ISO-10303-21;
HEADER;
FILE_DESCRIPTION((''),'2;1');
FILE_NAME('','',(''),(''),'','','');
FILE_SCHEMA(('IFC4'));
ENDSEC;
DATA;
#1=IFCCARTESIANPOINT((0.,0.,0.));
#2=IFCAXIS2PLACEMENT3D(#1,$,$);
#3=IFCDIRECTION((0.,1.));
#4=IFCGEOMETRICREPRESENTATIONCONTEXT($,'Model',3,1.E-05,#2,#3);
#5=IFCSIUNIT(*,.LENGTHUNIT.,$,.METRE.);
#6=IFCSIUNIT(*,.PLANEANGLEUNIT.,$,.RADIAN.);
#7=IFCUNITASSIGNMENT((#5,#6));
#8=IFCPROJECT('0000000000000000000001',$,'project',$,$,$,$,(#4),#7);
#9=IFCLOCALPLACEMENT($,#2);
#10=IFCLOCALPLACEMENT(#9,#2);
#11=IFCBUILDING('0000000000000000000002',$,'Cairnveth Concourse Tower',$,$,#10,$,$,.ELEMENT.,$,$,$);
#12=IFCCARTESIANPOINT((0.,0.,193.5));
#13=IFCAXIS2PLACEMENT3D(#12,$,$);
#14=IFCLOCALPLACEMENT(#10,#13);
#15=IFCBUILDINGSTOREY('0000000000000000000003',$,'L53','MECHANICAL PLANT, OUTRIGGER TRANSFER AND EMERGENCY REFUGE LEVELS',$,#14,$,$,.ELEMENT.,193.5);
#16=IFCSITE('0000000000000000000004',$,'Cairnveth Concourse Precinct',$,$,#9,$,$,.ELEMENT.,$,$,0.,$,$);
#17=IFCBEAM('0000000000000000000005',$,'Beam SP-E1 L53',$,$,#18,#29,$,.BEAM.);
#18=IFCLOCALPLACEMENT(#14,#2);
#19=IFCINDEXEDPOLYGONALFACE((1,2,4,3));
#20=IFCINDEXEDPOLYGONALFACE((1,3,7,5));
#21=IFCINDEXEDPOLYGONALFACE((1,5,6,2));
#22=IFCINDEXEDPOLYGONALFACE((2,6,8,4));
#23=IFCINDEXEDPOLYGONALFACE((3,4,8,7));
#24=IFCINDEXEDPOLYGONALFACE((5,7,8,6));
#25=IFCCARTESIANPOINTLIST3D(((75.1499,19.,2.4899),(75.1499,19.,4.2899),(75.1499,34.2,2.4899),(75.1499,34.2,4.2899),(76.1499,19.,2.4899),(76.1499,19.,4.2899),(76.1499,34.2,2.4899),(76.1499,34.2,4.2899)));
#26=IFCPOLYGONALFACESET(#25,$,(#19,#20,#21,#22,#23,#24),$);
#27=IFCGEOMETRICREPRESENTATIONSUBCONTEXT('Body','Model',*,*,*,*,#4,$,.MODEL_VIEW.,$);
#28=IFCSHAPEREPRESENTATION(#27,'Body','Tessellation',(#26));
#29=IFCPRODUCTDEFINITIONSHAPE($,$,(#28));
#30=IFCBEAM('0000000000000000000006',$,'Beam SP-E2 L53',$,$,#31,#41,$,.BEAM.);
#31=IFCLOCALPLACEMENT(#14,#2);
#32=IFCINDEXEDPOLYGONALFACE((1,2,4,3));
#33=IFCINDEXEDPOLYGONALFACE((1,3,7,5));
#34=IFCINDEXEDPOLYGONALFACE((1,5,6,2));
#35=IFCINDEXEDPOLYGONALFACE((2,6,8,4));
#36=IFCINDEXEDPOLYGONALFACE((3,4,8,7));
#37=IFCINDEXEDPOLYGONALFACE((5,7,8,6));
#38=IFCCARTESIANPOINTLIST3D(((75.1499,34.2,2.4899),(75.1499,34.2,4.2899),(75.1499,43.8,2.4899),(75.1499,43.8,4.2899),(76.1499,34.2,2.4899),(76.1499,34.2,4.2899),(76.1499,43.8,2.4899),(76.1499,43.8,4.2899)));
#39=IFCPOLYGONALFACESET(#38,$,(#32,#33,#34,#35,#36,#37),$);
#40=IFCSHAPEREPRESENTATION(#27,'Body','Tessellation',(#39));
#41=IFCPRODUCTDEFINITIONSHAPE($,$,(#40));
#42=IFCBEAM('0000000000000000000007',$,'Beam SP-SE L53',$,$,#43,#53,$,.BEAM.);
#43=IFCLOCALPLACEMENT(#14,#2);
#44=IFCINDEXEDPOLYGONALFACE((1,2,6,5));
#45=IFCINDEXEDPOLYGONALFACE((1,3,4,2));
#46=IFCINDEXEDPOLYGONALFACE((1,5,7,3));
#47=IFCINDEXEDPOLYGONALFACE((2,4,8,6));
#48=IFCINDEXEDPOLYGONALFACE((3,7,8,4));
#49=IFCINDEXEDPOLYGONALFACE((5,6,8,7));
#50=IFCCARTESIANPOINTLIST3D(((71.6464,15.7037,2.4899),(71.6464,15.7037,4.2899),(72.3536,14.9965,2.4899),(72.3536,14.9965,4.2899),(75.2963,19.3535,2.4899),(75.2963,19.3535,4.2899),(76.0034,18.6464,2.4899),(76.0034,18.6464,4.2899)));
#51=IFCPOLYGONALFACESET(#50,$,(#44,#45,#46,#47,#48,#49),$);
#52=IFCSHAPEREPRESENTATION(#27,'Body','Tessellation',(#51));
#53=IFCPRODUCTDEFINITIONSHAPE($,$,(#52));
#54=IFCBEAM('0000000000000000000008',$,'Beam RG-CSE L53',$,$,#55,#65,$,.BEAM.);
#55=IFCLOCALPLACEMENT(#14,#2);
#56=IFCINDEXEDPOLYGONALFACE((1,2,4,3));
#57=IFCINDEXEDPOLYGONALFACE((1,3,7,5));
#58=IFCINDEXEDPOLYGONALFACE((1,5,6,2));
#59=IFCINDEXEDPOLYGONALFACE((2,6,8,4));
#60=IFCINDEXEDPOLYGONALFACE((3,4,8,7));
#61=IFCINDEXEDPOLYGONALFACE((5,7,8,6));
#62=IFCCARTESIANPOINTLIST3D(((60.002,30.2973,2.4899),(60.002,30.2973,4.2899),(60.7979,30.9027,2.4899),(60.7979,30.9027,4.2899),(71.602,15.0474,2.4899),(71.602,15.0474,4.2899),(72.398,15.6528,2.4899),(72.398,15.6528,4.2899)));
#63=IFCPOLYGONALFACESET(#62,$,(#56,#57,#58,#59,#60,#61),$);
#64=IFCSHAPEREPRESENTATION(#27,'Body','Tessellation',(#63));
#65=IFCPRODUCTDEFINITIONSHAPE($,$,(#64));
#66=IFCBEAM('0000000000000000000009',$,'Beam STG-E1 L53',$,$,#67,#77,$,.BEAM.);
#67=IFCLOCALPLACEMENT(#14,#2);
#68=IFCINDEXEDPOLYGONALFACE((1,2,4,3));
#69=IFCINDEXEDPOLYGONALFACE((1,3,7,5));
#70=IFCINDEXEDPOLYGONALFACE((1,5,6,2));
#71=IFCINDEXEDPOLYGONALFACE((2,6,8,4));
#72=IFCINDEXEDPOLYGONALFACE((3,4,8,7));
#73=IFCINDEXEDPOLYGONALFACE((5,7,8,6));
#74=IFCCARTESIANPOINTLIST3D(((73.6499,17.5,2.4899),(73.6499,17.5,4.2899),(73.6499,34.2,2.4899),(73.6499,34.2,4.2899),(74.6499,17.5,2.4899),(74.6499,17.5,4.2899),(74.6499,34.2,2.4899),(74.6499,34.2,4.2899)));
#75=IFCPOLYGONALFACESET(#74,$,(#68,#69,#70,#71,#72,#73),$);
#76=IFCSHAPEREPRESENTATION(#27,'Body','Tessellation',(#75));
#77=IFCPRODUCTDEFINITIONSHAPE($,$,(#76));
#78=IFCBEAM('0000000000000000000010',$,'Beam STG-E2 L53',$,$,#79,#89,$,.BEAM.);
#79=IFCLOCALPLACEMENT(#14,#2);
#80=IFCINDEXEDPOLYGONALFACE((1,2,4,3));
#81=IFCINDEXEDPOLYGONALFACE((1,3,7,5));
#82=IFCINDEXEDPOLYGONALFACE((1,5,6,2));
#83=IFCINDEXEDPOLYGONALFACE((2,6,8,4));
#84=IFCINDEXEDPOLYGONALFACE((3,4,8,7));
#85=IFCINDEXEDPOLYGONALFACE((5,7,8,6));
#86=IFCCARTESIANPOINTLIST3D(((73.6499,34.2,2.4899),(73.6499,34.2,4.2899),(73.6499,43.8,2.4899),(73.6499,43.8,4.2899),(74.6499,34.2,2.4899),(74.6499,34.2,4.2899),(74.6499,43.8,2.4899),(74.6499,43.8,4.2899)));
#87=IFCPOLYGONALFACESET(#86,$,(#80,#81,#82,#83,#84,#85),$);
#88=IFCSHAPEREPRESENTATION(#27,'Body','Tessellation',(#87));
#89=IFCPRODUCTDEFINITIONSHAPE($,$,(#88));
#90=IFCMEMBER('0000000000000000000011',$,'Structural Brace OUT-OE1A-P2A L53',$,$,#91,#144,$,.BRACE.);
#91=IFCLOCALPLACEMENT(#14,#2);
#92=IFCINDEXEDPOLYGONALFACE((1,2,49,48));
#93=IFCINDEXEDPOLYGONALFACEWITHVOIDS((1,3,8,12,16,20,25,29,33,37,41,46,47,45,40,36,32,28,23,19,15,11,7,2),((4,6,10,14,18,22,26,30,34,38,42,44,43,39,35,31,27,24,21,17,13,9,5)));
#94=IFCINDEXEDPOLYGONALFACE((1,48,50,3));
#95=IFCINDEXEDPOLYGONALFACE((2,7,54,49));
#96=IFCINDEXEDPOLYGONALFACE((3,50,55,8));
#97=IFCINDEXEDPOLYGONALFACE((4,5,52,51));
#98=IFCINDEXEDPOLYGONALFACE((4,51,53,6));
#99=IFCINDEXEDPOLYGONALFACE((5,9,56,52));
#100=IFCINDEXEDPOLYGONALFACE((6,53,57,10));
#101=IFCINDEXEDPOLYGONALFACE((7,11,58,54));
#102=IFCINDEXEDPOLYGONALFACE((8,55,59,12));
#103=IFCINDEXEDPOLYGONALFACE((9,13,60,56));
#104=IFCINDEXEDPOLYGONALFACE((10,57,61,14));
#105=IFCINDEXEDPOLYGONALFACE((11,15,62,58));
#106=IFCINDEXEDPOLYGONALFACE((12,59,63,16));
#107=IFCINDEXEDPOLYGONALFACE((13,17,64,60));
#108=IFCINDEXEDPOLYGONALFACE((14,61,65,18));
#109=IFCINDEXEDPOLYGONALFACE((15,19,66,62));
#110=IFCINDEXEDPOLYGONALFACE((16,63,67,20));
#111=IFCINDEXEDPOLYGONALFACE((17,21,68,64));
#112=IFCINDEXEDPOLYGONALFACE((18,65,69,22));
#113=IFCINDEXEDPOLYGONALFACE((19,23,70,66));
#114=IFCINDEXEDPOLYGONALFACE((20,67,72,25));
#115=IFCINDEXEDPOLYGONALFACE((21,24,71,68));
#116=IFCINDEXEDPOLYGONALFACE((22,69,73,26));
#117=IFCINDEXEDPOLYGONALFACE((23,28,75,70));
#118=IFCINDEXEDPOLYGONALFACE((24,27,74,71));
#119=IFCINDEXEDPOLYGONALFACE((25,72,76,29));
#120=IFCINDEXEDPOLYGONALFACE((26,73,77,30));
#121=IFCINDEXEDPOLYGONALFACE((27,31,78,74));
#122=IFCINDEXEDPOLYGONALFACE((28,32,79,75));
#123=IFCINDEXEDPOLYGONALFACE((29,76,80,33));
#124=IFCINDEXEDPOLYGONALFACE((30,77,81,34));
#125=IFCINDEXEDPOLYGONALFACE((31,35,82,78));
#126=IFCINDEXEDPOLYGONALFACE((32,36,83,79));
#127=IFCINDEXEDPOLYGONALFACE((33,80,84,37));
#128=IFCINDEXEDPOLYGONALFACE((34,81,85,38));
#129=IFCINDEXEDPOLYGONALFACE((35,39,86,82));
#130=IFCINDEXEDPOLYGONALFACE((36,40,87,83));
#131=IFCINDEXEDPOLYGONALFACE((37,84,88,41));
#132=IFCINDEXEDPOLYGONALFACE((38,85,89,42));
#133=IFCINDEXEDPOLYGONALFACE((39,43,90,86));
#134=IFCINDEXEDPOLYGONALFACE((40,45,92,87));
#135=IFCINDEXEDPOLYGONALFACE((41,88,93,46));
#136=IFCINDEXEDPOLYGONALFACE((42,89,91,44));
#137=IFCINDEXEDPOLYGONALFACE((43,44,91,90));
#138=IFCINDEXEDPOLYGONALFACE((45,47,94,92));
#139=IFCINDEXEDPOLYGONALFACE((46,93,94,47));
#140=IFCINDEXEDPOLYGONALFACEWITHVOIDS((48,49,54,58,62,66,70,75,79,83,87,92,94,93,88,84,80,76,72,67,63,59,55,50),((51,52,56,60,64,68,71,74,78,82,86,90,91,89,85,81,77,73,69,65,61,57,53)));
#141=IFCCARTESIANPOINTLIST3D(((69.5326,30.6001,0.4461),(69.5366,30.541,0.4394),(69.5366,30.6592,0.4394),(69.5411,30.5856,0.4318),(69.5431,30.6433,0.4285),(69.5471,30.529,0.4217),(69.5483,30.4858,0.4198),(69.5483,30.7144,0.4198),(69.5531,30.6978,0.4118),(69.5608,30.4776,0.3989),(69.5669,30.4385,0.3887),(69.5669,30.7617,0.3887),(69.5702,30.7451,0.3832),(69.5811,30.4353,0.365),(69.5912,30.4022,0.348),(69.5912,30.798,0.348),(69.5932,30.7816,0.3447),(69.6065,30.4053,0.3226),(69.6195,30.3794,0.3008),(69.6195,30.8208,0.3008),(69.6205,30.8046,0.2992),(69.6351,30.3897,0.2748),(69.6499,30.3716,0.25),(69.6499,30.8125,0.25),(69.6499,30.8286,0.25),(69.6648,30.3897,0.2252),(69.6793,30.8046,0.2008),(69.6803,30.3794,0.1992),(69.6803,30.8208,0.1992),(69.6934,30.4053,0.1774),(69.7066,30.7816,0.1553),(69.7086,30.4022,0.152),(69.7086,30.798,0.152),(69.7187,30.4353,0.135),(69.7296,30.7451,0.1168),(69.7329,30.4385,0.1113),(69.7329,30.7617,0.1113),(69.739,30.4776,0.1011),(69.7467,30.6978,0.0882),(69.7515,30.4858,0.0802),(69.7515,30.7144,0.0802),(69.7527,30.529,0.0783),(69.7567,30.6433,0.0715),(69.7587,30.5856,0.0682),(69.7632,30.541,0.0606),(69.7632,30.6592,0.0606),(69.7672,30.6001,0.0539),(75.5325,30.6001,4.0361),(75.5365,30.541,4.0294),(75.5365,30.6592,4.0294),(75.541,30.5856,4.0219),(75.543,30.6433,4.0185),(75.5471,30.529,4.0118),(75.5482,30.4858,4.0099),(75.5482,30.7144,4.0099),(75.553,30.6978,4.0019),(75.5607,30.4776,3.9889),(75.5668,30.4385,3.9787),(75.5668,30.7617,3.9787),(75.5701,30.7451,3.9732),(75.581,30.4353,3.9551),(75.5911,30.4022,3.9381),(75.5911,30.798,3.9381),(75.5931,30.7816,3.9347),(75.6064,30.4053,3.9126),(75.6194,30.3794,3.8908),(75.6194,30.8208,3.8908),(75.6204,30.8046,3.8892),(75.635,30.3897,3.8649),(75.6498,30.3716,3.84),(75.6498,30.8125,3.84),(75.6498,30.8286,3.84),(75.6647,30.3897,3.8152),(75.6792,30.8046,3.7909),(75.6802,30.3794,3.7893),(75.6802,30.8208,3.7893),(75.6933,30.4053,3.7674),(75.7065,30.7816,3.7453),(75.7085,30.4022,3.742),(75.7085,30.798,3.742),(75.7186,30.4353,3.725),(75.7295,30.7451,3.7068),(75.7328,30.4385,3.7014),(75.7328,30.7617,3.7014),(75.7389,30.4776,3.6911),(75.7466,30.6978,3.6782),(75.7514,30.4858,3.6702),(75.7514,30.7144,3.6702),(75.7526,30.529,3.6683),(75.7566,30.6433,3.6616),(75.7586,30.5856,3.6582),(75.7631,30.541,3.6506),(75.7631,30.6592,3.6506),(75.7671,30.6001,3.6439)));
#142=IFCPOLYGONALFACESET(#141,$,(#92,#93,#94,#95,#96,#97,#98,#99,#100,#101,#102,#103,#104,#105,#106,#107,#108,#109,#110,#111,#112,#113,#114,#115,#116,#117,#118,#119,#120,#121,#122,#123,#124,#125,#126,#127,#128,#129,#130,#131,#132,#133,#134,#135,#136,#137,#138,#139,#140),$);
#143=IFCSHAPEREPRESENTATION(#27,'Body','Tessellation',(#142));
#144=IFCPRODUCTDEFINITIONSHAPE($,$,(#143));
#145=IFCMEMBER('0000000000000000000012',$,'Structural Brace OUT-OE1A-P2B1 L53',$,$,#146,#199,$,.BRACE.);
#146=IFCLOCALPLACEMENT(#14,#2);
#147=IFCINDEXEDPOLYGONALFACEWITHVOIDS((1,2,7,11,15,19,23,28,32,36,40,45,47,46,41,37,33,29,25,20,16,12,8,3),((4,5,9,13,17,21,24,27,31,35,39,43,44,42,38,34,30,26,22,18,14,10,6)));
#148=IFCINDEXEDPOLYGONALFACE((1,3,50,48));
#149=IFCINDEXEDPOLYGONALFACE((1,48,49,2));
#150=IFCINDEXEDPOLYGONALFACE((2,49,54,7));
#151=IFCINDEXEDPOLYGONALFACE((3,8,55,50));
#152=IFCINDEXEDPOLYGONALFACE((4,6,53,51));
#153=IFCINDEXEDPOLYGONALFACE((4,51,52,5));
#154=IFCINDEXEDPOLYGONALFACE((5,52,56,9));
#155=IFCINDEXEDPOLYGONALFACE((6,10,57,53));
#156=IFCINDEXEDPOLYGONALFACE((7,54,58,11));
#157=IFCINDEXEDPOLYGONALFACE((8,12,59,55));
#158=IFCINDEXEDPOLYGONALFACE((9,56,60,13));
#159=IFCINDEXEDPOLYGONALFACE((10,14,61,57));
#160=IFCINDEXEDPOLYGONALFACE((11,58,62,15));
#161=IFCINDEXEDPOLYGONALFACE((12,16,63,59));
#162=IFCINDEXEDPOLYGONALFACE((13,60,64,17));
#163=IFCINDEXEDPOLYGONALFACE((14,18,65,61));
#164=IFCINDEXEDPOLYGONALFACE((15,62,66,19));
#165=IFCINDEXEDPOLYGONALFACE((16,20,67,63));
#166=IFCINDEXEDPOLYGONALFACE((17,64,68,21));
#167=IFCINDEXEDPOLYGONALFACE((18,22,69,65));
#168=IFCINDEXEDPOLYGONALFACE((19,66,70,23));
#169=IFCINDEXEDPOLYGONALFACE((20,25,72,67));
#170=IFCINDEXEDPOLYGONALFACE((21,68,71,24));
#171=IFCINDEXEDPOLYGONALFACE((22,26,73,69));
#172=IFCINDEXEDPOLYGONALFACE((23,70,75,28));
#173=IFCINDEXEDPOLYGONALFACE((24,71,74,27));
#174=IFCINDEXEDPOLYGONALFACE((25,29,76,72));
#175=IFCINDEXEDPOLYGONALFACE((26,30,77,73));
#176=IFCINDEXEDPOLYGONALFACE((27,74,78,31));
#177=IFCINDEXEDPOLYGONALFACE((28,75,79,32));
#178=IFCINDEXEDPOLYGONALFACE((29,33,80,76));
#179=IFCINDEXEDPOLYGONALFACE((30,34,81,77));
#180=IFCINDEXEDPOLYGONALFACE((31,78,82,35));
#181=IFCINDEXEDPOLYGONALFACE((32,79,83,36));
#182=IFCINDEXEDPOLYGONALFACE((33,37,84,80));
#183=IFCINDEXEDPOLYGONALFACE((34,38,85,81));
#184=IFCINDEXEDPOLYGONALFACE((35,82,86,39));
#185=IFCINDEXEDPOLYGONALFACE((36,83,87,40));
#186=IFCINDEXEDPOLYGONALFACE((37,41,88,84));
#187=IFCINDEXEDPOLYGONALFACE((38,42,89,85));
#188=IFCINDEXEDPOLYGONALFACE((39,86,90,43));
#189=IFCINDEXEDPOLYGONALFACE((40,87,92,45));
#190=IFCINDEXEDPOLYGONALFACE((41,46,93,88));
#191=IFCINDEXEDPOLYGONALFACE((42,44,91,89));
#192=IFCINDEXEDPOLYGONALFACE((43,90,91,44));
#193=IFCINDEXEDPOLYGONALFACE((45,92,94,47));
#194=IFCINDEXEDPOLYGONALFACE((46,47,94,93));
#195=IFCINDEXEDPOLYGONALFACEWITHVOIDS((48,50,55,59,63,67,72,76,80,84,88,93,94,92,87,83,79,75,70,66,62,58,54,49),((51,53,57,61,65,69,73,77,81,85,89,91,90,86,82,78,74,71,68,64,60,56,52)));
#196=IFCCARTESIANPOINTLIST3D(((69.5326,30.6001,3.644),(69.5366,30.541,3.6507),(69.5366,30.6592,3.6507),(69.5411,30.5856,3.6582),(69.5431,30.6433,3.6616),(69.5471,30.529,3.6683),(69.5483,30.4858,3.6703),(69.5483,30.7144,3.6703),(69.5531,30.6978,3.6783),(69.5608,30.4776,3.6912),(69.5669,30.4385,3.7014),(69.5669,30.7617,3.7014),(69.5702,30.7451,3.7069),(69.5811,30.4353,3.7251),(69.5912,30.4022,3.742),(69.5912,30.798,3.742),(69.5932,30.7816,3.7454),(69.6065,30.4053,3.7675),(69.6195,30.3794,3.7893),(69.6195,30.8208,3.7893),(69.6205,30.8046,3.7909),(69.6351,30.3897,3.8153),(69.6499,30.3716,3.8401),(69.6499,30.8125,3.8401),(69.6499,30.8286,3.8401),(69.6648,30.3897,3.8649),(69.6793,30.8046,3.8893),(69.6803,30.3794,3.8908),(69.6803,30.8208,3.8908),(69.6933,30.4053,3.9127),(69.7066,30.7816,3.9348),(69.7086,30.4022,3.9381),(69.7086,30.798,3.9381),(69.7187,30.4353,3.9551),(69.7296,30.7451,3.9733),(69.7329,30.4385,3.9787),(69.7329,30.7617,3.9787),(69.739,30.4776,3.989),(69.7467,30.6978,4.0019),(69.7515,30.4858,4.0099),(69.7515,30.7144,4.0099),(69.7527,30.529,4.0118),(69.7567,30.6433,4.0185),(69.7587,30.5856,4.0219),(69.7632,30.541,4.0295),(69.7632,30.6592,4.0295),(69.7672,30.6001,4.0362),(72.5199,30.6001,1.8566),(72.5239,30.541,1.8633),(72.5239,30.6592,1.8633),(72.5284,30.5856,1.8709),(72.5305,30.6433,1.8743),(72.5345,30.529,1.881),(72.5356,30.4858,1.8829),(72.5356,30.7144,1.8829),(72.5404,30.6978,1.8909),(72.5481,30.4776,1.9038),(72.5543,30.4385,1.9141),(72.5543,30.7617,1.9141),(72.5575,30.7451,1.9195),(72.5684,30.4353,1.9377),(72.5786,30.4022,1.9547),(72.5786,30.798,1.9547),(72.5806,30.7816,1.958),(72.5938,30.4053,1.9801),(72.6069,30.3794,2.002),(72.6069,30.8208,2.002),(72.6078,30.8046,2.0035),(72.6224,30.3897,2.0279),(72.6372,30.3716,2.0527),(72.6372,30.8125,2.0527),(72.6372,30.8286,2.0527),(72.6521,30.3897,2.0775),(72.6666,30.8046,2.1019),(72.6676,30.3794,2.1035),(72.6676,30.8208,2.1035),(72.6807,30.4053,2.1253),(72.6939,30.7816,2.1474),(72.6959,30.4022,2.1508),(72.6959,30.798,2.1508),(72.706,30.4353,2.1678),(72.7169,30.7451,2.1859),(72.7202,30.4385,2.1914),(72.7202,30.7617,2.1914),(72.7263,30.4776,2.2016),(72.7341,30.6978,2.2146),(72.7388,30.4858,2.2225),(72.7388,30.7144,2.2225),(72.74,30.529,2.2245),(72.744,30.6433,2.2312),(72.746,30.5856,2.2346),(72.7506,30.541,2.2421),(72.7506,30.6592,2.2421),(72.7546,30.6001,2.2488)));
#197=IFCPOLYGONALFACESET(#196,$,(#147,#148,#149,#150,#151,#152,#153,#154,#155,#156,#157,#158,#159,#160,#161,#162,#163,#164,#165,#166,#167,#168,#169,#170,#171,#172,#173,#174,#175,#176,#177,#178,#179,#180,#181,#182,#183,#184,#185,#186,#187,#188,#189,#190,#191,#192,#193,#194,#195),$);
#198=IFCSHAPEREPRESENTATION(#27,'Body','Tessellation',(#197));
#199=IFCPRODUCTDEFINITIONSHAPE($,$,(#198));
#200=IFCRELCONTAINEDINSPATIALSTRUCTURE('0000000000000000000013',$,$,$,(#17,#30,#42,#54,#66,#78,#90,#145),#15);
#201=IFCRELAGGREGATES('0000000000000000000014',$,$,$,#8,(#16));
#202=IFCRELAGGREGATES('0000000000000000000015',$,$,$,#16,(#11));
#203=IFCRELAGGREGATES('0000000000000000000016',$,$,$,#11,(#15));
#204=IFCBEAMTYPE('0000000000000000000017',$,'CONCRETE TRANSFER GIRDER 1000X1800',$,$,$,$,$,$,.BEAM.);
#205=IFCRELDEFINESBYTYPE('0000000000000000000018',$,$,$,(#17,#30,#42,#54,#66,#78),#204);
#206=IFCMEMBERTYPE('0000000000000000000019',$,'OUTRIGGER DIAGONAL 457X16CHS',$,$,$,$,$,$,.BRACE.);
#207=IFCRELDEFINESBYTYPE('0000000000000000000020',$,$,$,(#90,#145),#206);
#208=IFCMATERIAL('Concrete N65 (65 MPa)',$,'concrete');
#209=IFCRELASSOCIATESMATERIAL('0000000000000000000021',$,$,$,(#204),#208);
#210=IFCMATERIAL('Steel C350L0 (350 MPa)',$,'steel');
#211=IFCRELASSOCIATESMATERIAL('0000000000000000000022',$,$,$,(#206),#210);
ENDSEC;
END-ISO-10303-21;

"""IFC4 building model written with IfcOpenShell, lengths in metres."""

from ifc_helpers import new_model, si_unit, direction, frame, origin, origin_2d, place, context, subcontext, project, spatial, rectangle, hollow_circle, extrude, material, material_profile, profile_set, type_object, element, save


model = new_model("IFC4")

# Units and contexts
model_context = context("Model", 3, precision=1e-05, world=origin(), true_north=direction((0.0, 1.0)))
body_context = subcontext(model_context, "Body", "Model", "MODEL_VIEW")
ifc_project = project(units=[si_unit("LENGTHUNIT", "METRE"), si_unit("PLANEANGLEUNIT", "RADIAN")], contexts=[model_context])

# Site, building, storey
site_placement = place(None, origin())
site = spatial("IfcSite", under=ifc_project, at=site_placement, Name="Cairnveth Concourse Precinct", CompositionType="ELEMENT", RefElevation=0.0)
building_placement = place(site_placement, origin())
building = spatial("IfcBuilding", under=site, at=building_placement, Name="Cairnveth Concourse Tower", CompositionType="ELEMENT")
storey_placement = place(building_placement, frame((0.0, 0.0, 193.5)))
storey = spatial("IfcBuildingStorey", under=building, at=storey_placement, Name="L53", Description="MECHANICAL PLANT, OUTRIGGER TRANSFER AND EMERGENCY REFUGE LEVELS", CompositionType="ELEMENT", Elevation=193.5)

# Shared definitions
ifc_material_1 = material(Name="Concrete N65 (65 MPa)", Category="concrete")

# Shared definitions
ifc_material_2 = material(Name="Steel C350L0 (350 MPa)", Category="steel")

# Beams
ifc_material_profile_1 = material_profile(ifc_material_1, rectangle(XDim=1.0, YDim=1.8, at=origin_2d()), Name="RC-TB-1000x1800")
ifc_profile_set_1 = profile_set([ifc_material_profile_1], Name="Concrete N65 (65 MPa)")
beam_type_1 = type_object("IfcBeamType", Name="CONCRETE TRANSFER GIRDER 1000X1800", PredefinedType="BEAM", material=ifc_profile_set_1)
beam_1_placement = place(storey_placement, frame((75.6499, 19.0, 3.3899), z_axis=(0.0, 1.0, 0.0), x_axis=(-1.0, 0.0, 0.0)))
element("IfcBeam", 1, at=beam_1_placement, inside=storey, type_object=beam_type_1, Name="Beam SP-E1 L53", PredefinedType="BEAM", context=body_context, shape_type="SweptSolid", body=[
    extrude(rectangle(XDim=1.0, YDim=1.8, at=origin_2d()), origin(), (0.0, 0.0, 1.0), 15.2),
])
beam_2_placement = place(storey_placement, frame((75.6499, 34.2, 3.3899), z_axis=(0.0, 1.0, 0.0), x_axis=(-1.0, 0.0, 0.0)))
element("IfcBeam", 2, at=beam_2_placement, inside=storey, type_object=beam_type_1, Name="Beam SP-E2 L53", PredefinedType="BEAM", context=body_context, shape_type="SweptSolid", body=[
    extrude(rectangle(XDim=1.0, YDim=1.8, at=origin_2d()), origin(), (0.0, 0.0, 1.0), 9.6001),
])
beam_3_placement = place(storey_placement, frame((72.0, 15.3501, 3.3899), z_axis=(0.707107, 0.707107, 0.0), x_axis=(-0.707107, 0.707107, 0.0)))
element("IfcBeam", 3, at=beam_3_placement, inside=storey, type_object=beam_type_1, Name="Beam SP-SE L53", PredefinedType="BEAM", context=body_context, shape_type="SweptSolid", body=[
    extrude(rectangle(XDim=1.0, YDim=1.8, at=origin_2d()), origin(), (0.0, 0.0, 1.0), 5.1616),
])
beam_4_placement = place(storey_placement, frame((72.0, 15.3501, 3.3899), z_axis=(-0.605417, 0.795908, 0.0), x_axis=(-0.795908, -0.605417, 0.0)))
element("IfcBeam", 4, at=beam_4_placement, inside=storey, type_object=beam_type_1, Name="Beam RG-CSE L53", PredefinedType="BEAM", context=body_context, shape_type="SweptSolid", body=[
    extrude(rectangle(XDim=1.0, YDim=1.8, at=origin_2d()), origin(), (0.0, 0.0, 1.0), 19.1604),
])
beam_5_placement = place(storey_placement, frame((74.1499, 17.5, 3.3899), z_axis=(0.0, 1.0, 0.0), x_axis=(-1.0, 0.0, 0.0)))
element("IfcBeam", 5, at=beam_5_placement, inside=storey, type_object=beam_type_1, Name="Beam STG-E1 L53", PredefinedType="BEAM", context=body_context, shape_type="SweptSolid", body=[
    extrude(rectangle(XDim=1.0, YDim=1.8, at=origin_2d()), origin(), (0.0, 0.0, 1.0), 16.7),
])
beam_6_placement = place(storey_placement, frame((74.1499, 34.2, 3.3899), z_axis=(0.0, 1.0, 0.0), x_axis=(-1.0, 0.0, 0.0)))
element("IfcBeam", 6, at=beam_6_placement, inside=storey, type_object=beam_type_1, Name="Beam STG-E2 L53", PredefinedType="BEAM", context=body_context, shape_type="SweptSolid", body=[
    extrude(rectangle(XDim=1.0, YDim=1.8, at=origin_2d()), origin(), (0.0, 0.0, 1.0), 9.6001),
])

# Members
ifc_material_profile_2 = material_profile(ifc_material_2, hollow_circle(Radius=0.2285, WallThickness=0.0161, at=origin_2d()), Name="457.0x16.0CHS")
ifc_profile_set_2 = profile_set([ifc_material_profile_2], Name="Steel C350L0 (350 MPa)")
member_type_1 = type_object("IfcMemberType", Name="OUTRIGGER DIAGONAL 457X16CHS", PredefinedType="BRACE", material=ifc_profile_set_2)
member_1_placement = place(storey_placement, frame((69.6499, 30.6001, 0.25), z_axis=(0.858118, 0.0, 0.513453), x_axis=(0.0, 1.0, 0.0)))
element("IfcMember", 7, at=member_1_placement, inside=storey, type_object=member_type_1, Name="Structural Brace OUT-OE1A-P2A L53", PredefinedType="BRACE", context=body_context, shape_type="SweptSolid", body=[
    extrude(hollow_circle(Radius=0.2285, WallThickness=0.0161, at=origin_2d()), origin(), (0.0, 0.0, 1.0), 6.9919),
])
member_2_placement = place(storey_placement, frame((69.6499, 30.6001, 3.8401), z_axis=(0.85813, 0.0, -0.513433), x_axis=(0.0, 1.0, 0.0)))
element("IfcMember", 8, at=member_2_placement, inside=storey, type_object=member_type_1, Name="Structural Brace OUT-OE1A-P2B1 L53", PredefinedType="BRACE", context=body_context, shape_type="SweptSolid", body=[
    extrude(hollow_circle(Radius=0.2285, WallThickness=0.0161, at=origin_2d()), origin(), (0.0, 0.0, 1.0), 3.4812),
])

save(model, "model.ifc")
